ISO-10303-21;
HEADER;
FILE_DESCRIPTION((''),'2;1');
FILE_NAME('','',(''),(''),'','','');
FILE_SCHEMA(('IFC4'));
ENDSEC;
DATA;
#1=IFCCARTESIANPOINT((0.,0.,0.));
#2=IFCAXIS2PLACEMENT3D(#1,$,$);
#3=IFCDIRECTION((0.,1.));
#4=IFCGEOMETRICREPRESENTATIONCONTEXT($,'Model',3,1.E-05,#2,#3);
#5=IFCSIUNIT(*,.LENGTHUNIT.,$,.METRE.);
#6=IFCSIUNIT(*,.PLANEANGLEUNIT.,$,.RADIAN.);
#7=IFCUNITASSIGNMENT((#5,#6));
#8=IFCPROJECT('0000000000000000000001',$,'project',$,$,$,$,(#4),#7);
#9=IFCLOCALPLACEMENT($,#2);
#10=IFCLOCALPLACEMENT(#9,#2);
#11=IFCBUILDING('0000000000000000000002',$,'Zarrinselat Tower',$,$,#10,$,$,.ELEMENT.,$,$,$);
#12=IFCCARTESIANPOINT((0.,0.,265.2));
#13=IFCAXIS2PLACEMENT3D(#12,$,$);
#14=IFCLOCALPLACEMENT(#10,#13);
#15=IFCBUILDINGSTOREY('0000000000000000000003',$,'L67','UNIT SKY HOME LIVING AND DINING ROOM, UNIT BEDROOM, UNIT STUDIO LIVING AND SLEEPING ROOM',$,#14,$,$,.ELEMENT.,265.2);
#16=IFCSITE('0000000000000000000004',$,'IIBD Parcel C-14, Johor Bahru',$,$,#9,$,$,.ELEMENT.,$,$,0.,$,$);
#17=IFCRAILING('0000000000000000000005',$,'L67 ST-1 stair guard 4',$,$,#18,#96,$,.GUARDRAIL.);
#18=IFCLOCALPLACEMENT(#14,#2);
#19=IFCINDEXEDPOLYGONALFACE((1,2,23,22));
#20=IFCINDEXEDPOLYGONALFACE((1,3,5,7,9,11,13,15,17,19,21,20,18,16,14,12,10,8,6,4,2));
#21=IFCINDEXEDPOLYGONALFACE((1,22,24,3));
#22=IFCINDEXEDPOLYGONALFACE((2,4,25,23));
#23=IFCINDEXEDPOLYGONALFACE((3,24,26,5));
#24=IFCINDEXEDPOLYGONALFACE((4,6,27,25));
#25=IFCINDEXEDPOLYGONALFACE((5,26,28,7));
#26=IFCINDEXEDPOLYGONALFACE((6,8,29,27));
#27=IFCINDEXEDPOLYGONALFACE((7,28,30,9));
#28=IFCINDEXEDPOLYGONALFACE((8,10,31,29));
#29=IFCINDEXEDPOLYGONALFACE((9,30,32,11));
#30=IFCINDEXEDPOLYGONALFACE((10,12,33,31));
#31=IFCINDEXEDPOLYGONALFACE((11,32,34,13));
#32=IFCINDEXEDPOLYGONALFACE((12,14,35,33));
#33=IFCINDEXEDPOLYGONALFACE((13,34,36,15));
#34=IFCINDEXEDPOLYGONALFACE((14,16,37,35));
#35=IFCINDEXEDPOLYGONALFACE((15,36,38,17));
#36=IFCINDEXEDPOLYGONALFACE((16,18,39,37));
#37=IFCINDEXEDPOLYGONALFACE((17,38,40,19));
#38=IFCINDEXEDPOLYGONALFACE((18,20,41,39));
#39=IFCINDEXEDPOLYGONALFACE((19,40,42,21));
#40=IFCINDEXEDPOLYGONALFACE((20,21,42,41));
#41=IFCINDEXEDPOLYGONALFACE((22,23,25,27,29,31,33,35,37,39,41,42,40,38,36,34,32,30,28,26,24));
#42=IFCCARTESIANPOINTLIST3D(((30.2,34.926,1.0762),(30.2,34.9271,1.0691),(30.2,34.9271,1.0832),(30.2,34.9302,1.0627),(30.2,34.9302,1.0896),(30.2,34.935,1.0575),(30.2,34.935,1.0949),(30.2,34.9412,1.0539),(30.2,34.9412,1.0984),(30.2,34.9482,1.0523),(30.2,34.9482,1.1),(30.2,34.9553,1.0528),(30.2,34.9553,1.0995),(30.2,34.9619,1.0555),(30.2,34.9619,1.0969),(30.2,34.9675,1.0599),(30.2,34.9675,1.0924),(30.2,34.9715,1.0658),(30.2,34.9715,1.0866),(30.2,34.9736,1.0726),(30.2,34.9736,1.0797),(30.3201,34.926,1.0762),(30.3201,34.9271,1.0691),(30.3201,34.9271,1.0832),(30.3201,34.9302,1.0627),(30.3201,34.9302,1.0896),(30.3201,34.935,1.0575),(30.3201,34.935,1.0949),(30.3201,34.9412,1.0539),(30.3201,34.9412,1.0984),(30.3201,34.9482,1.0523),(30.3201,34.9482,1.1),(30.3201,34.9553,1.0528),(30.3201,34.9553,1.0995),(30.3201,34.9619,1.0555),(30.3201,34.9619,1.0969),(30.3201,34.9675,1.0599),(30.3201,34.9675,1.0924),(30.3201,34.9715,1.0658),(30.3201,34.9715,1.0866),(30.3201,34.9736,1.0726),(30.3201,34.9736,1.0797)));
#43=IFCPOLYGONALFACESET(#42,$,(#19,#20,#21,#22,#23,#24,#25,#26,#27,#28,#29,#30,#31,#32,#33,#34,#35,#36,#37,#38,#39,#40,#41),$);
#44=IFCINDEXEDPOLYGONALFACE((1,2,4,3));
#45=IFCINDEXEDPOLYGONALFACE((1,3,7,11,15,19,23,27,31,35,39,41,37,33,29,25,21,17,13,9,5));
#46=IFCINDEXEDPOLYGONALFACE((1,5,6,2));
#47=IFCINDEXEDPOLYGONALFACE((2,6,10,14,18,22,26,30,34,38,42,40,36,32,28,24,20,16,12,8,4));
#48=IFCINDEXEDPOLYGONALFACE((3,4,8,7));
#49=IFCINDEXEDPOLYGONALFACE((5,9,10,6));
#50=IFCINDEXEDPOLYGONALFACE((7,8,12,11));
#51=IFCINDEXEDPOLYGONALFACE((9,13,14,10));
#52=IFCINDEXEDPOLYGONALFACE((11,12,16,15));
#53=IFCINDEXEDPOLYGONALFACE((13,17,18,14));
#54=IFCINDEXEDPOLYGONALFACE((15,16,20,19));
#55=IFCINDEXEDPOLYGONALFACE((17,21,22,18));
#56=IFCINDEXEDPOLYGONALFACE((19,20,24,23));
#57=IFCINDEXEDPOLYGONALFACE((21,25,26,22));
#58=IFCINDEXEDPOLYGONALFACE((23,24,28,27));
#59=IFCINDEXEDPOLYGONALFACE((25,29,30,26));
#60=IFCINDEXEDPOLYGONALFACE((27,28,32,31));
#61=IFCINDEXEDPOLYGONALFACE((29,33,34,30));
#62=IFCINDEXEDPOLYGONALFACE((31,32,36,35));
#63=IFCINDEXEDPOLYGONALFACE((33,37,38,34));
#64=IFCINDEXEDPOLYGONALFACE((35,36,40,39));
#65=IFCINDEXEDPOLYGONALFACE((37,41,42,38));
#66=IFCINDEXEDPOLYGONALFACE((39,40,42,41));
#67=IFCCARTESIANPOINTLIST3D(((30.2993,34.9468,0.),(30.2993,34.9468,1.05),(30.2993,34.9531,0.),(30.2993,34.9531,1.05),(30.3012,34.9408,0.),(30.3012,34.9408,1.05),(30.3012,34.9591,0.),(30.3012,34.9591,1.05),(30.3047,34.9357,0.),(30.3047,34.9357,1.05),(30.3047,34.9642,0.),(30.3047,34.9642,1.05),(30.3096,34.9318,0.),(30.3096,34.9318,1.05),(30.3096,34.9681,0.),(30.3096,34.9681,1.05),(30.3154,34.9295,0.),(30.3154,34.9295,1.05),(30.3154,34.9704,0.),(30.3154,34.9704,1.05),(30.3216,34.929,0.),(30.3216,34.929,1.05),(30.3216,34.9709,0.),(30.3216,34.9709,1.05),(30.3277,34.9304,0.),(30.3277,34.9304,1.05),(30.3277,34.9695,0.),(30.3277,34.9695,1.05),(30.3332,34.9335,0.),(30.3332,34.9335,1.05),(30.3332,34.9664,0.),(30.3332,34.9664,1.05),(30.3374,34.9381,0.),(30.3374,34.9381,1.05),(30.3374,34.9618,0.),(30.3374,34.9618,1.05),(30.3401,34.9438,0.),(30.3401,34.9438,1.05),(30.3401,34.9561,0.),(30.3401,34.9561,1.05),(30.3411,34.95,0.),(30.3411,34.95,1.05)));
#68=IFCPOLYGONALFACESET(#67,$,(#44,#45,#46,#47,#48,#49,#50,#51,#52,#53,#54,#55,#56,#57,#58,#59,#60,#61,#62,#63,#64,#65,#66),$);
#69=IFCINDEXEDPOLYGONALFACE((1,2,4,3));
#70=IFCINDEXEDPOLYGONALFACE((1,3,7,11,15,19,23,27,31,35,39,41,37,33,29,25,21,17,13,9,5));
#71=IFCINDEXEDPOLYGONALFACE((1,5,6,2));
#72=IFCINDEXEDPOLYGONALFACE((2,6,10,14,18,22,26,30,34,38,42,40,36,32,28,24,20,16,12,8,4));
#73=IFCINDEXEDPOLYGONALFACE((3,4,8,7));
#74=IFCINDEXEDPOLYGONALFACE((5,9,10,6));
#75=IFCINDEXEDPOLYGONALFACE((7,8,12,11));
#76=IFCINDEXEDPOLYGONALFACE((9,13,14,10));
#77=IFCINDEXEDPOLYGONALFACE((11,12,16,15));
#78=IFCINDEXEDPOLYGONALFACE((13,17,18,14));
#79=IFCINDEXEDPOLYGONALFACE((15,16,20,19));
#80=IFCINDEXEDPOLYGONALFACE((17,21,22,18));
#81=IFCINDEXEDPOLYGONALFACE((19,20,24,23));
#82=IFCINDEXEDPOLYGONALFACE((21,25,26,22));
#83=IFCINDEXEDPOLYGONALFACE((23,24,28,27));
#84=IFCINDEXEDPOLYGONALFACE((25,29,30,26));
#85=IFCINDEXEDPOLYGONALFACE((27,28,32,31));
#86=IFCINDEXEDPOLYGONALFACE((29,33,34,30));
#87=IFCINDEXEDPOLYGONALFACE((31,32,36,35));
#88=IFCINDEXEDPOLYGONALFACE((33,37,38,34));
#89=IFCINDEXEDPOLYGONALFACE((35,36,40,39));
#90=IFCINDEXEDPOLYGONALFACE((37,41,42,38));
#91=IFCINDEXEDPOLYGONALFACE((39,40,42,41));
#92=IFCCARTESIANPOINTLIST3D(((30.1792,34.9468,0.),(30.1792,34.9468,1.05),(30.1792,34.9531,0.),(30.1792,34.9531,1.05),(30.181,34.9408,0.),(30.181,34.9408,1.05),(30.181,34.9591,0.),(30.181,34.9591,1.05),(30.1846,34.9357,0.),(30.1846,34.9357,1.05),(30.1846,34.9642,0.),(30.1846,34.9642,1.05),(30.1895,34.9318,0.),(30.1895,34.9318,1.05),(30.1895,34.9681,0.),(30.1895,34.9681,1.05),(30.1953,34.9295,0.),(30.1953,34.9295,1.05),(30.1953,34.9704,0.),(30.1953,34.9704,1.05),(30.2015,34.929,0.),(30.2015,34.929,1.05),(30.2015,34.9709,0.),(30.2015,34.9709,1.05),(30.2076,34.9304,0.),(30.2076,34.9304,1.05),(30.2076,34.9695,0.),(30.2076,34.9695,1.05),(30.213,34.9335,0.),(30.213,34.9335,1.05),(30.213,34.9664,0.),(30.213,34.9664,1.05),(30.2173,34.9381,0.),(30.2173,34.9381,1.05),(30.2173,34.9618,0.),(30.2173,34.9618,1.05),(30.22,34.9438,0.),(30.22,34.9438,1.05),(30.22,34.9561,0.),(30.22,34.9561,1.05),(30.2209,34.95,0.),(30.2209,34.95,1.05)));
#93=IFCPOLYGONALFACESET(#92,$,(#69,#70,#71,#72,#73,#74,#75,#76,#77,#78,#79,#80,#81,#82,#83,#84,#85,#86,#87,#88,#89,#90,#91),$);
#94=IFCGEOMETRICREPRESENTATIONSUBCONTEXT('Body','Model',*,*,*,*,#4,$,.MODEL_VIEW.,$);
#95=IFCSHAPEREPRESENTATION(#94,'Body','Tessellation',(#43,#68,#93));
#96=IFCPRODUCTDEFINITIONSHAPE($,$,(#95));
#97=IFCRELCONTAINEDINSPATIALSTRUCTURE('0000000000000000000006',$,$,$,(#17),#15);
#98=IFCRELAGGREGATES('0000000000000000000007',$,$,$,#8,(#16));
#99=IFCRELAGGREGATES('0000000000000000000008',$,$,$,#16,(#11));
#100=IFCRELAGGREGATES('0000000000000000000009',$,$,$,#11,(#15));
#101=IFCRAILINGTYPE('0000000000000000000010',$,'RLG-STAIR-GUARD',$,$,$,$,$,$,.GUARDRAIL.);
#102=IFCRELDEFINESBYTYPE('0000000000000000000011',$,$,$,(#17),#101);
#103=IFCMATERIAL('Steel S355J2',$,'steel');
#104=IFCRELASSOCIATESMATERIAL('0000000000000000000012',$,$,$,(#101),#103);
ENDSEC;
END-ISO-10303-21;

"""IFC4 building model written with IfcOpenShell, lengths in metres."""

from ifc_helpers import new_model, si_unit, direction, frame, origin, origin_2d, place, context, subcontext, project, spatial, circle, extrude, material, type_object, element, save


model = new_model("IFC4")

# Units and contexts
model_context = context("Model", 3, precision=1e-05, world=origin(), true_north=direction((0.0, 1.0)))
body_context = subcontext(model_context, "Body", "Model", "MODEL_VIEW")
ifc_project = project(units=[si_unit("LENGTHUNIT", "METRE"), si_unit("PLANEANGLEUNIT", "RADIAN")], contexts=[model_context])

# Site, building, storey
site_placement = place(None, origin())
site = spatial("IfcSite", under=ifc_project, at=site_placement, Name="IIBD Parcel C-14, Johor Bahru", CompositionType="ELEMENT", RefElevation=0.0)
building_placement = place(site_placement, origin())
building = spatial("IfcBuilding", under=site, at=building_placement, Name="Zarrinselat Tower", CompositionType="ELEMENT")
storey_placement = place(building_placement, frame((0.0, 0.0, 265.2)))
storey = spatial("IfcBuildingStorey", under=building, at=storey_placement, Name="L67", Description="UNIT SKY HOME LIVING AND DINING ROOM, UNIT BEDROOM, UNIT STUDIO LIVING AND SLEEPING ROOM", CompositionType="ELEMENT", Elevation=265.2)

# Railing
ifc_material_1 = material(Name="Steel S355J2", Category="steel")
railing_type_1 = type_object("IfcRailingType", Name="RLG-STAIR-GUARD", PredefinedType="GUARDRAIL", material=ifc_material_1)
railing_1_placement = place(storey_placement, frame((30.3201, 34.95, 0.0)))
element("IfcRailing", 1, at=railing_1_placement, inside=storey, type_object=railing_type_1, Name="L67 ST-1 stair guard 4", PredefinedType="GUARDRAIL", context=body_context, shape_type="SweptSolid", body=[
    extrude(circle(Radius=0.0239, at=origin_2d()), frame((0.0, 0.0, 1.0762), z_axis=(-1.0, 0.0, 0.0), x_axis=(0.0, -1.0, 0.0)), (0.0, 0.0, 1.0), 0.1201),
    extrude(circle(Radius=0.021, at=origin_2d()), origin(), (0.0, 0.0, 1.0), 1.05),
    extrude(circle(Radius=0.021, at=origin_2d()), frame((-0.1201, 0.0, 0.0)), (0.0, 0.0, 1.0), 1.05),
])

save(model, "model.ifc")
